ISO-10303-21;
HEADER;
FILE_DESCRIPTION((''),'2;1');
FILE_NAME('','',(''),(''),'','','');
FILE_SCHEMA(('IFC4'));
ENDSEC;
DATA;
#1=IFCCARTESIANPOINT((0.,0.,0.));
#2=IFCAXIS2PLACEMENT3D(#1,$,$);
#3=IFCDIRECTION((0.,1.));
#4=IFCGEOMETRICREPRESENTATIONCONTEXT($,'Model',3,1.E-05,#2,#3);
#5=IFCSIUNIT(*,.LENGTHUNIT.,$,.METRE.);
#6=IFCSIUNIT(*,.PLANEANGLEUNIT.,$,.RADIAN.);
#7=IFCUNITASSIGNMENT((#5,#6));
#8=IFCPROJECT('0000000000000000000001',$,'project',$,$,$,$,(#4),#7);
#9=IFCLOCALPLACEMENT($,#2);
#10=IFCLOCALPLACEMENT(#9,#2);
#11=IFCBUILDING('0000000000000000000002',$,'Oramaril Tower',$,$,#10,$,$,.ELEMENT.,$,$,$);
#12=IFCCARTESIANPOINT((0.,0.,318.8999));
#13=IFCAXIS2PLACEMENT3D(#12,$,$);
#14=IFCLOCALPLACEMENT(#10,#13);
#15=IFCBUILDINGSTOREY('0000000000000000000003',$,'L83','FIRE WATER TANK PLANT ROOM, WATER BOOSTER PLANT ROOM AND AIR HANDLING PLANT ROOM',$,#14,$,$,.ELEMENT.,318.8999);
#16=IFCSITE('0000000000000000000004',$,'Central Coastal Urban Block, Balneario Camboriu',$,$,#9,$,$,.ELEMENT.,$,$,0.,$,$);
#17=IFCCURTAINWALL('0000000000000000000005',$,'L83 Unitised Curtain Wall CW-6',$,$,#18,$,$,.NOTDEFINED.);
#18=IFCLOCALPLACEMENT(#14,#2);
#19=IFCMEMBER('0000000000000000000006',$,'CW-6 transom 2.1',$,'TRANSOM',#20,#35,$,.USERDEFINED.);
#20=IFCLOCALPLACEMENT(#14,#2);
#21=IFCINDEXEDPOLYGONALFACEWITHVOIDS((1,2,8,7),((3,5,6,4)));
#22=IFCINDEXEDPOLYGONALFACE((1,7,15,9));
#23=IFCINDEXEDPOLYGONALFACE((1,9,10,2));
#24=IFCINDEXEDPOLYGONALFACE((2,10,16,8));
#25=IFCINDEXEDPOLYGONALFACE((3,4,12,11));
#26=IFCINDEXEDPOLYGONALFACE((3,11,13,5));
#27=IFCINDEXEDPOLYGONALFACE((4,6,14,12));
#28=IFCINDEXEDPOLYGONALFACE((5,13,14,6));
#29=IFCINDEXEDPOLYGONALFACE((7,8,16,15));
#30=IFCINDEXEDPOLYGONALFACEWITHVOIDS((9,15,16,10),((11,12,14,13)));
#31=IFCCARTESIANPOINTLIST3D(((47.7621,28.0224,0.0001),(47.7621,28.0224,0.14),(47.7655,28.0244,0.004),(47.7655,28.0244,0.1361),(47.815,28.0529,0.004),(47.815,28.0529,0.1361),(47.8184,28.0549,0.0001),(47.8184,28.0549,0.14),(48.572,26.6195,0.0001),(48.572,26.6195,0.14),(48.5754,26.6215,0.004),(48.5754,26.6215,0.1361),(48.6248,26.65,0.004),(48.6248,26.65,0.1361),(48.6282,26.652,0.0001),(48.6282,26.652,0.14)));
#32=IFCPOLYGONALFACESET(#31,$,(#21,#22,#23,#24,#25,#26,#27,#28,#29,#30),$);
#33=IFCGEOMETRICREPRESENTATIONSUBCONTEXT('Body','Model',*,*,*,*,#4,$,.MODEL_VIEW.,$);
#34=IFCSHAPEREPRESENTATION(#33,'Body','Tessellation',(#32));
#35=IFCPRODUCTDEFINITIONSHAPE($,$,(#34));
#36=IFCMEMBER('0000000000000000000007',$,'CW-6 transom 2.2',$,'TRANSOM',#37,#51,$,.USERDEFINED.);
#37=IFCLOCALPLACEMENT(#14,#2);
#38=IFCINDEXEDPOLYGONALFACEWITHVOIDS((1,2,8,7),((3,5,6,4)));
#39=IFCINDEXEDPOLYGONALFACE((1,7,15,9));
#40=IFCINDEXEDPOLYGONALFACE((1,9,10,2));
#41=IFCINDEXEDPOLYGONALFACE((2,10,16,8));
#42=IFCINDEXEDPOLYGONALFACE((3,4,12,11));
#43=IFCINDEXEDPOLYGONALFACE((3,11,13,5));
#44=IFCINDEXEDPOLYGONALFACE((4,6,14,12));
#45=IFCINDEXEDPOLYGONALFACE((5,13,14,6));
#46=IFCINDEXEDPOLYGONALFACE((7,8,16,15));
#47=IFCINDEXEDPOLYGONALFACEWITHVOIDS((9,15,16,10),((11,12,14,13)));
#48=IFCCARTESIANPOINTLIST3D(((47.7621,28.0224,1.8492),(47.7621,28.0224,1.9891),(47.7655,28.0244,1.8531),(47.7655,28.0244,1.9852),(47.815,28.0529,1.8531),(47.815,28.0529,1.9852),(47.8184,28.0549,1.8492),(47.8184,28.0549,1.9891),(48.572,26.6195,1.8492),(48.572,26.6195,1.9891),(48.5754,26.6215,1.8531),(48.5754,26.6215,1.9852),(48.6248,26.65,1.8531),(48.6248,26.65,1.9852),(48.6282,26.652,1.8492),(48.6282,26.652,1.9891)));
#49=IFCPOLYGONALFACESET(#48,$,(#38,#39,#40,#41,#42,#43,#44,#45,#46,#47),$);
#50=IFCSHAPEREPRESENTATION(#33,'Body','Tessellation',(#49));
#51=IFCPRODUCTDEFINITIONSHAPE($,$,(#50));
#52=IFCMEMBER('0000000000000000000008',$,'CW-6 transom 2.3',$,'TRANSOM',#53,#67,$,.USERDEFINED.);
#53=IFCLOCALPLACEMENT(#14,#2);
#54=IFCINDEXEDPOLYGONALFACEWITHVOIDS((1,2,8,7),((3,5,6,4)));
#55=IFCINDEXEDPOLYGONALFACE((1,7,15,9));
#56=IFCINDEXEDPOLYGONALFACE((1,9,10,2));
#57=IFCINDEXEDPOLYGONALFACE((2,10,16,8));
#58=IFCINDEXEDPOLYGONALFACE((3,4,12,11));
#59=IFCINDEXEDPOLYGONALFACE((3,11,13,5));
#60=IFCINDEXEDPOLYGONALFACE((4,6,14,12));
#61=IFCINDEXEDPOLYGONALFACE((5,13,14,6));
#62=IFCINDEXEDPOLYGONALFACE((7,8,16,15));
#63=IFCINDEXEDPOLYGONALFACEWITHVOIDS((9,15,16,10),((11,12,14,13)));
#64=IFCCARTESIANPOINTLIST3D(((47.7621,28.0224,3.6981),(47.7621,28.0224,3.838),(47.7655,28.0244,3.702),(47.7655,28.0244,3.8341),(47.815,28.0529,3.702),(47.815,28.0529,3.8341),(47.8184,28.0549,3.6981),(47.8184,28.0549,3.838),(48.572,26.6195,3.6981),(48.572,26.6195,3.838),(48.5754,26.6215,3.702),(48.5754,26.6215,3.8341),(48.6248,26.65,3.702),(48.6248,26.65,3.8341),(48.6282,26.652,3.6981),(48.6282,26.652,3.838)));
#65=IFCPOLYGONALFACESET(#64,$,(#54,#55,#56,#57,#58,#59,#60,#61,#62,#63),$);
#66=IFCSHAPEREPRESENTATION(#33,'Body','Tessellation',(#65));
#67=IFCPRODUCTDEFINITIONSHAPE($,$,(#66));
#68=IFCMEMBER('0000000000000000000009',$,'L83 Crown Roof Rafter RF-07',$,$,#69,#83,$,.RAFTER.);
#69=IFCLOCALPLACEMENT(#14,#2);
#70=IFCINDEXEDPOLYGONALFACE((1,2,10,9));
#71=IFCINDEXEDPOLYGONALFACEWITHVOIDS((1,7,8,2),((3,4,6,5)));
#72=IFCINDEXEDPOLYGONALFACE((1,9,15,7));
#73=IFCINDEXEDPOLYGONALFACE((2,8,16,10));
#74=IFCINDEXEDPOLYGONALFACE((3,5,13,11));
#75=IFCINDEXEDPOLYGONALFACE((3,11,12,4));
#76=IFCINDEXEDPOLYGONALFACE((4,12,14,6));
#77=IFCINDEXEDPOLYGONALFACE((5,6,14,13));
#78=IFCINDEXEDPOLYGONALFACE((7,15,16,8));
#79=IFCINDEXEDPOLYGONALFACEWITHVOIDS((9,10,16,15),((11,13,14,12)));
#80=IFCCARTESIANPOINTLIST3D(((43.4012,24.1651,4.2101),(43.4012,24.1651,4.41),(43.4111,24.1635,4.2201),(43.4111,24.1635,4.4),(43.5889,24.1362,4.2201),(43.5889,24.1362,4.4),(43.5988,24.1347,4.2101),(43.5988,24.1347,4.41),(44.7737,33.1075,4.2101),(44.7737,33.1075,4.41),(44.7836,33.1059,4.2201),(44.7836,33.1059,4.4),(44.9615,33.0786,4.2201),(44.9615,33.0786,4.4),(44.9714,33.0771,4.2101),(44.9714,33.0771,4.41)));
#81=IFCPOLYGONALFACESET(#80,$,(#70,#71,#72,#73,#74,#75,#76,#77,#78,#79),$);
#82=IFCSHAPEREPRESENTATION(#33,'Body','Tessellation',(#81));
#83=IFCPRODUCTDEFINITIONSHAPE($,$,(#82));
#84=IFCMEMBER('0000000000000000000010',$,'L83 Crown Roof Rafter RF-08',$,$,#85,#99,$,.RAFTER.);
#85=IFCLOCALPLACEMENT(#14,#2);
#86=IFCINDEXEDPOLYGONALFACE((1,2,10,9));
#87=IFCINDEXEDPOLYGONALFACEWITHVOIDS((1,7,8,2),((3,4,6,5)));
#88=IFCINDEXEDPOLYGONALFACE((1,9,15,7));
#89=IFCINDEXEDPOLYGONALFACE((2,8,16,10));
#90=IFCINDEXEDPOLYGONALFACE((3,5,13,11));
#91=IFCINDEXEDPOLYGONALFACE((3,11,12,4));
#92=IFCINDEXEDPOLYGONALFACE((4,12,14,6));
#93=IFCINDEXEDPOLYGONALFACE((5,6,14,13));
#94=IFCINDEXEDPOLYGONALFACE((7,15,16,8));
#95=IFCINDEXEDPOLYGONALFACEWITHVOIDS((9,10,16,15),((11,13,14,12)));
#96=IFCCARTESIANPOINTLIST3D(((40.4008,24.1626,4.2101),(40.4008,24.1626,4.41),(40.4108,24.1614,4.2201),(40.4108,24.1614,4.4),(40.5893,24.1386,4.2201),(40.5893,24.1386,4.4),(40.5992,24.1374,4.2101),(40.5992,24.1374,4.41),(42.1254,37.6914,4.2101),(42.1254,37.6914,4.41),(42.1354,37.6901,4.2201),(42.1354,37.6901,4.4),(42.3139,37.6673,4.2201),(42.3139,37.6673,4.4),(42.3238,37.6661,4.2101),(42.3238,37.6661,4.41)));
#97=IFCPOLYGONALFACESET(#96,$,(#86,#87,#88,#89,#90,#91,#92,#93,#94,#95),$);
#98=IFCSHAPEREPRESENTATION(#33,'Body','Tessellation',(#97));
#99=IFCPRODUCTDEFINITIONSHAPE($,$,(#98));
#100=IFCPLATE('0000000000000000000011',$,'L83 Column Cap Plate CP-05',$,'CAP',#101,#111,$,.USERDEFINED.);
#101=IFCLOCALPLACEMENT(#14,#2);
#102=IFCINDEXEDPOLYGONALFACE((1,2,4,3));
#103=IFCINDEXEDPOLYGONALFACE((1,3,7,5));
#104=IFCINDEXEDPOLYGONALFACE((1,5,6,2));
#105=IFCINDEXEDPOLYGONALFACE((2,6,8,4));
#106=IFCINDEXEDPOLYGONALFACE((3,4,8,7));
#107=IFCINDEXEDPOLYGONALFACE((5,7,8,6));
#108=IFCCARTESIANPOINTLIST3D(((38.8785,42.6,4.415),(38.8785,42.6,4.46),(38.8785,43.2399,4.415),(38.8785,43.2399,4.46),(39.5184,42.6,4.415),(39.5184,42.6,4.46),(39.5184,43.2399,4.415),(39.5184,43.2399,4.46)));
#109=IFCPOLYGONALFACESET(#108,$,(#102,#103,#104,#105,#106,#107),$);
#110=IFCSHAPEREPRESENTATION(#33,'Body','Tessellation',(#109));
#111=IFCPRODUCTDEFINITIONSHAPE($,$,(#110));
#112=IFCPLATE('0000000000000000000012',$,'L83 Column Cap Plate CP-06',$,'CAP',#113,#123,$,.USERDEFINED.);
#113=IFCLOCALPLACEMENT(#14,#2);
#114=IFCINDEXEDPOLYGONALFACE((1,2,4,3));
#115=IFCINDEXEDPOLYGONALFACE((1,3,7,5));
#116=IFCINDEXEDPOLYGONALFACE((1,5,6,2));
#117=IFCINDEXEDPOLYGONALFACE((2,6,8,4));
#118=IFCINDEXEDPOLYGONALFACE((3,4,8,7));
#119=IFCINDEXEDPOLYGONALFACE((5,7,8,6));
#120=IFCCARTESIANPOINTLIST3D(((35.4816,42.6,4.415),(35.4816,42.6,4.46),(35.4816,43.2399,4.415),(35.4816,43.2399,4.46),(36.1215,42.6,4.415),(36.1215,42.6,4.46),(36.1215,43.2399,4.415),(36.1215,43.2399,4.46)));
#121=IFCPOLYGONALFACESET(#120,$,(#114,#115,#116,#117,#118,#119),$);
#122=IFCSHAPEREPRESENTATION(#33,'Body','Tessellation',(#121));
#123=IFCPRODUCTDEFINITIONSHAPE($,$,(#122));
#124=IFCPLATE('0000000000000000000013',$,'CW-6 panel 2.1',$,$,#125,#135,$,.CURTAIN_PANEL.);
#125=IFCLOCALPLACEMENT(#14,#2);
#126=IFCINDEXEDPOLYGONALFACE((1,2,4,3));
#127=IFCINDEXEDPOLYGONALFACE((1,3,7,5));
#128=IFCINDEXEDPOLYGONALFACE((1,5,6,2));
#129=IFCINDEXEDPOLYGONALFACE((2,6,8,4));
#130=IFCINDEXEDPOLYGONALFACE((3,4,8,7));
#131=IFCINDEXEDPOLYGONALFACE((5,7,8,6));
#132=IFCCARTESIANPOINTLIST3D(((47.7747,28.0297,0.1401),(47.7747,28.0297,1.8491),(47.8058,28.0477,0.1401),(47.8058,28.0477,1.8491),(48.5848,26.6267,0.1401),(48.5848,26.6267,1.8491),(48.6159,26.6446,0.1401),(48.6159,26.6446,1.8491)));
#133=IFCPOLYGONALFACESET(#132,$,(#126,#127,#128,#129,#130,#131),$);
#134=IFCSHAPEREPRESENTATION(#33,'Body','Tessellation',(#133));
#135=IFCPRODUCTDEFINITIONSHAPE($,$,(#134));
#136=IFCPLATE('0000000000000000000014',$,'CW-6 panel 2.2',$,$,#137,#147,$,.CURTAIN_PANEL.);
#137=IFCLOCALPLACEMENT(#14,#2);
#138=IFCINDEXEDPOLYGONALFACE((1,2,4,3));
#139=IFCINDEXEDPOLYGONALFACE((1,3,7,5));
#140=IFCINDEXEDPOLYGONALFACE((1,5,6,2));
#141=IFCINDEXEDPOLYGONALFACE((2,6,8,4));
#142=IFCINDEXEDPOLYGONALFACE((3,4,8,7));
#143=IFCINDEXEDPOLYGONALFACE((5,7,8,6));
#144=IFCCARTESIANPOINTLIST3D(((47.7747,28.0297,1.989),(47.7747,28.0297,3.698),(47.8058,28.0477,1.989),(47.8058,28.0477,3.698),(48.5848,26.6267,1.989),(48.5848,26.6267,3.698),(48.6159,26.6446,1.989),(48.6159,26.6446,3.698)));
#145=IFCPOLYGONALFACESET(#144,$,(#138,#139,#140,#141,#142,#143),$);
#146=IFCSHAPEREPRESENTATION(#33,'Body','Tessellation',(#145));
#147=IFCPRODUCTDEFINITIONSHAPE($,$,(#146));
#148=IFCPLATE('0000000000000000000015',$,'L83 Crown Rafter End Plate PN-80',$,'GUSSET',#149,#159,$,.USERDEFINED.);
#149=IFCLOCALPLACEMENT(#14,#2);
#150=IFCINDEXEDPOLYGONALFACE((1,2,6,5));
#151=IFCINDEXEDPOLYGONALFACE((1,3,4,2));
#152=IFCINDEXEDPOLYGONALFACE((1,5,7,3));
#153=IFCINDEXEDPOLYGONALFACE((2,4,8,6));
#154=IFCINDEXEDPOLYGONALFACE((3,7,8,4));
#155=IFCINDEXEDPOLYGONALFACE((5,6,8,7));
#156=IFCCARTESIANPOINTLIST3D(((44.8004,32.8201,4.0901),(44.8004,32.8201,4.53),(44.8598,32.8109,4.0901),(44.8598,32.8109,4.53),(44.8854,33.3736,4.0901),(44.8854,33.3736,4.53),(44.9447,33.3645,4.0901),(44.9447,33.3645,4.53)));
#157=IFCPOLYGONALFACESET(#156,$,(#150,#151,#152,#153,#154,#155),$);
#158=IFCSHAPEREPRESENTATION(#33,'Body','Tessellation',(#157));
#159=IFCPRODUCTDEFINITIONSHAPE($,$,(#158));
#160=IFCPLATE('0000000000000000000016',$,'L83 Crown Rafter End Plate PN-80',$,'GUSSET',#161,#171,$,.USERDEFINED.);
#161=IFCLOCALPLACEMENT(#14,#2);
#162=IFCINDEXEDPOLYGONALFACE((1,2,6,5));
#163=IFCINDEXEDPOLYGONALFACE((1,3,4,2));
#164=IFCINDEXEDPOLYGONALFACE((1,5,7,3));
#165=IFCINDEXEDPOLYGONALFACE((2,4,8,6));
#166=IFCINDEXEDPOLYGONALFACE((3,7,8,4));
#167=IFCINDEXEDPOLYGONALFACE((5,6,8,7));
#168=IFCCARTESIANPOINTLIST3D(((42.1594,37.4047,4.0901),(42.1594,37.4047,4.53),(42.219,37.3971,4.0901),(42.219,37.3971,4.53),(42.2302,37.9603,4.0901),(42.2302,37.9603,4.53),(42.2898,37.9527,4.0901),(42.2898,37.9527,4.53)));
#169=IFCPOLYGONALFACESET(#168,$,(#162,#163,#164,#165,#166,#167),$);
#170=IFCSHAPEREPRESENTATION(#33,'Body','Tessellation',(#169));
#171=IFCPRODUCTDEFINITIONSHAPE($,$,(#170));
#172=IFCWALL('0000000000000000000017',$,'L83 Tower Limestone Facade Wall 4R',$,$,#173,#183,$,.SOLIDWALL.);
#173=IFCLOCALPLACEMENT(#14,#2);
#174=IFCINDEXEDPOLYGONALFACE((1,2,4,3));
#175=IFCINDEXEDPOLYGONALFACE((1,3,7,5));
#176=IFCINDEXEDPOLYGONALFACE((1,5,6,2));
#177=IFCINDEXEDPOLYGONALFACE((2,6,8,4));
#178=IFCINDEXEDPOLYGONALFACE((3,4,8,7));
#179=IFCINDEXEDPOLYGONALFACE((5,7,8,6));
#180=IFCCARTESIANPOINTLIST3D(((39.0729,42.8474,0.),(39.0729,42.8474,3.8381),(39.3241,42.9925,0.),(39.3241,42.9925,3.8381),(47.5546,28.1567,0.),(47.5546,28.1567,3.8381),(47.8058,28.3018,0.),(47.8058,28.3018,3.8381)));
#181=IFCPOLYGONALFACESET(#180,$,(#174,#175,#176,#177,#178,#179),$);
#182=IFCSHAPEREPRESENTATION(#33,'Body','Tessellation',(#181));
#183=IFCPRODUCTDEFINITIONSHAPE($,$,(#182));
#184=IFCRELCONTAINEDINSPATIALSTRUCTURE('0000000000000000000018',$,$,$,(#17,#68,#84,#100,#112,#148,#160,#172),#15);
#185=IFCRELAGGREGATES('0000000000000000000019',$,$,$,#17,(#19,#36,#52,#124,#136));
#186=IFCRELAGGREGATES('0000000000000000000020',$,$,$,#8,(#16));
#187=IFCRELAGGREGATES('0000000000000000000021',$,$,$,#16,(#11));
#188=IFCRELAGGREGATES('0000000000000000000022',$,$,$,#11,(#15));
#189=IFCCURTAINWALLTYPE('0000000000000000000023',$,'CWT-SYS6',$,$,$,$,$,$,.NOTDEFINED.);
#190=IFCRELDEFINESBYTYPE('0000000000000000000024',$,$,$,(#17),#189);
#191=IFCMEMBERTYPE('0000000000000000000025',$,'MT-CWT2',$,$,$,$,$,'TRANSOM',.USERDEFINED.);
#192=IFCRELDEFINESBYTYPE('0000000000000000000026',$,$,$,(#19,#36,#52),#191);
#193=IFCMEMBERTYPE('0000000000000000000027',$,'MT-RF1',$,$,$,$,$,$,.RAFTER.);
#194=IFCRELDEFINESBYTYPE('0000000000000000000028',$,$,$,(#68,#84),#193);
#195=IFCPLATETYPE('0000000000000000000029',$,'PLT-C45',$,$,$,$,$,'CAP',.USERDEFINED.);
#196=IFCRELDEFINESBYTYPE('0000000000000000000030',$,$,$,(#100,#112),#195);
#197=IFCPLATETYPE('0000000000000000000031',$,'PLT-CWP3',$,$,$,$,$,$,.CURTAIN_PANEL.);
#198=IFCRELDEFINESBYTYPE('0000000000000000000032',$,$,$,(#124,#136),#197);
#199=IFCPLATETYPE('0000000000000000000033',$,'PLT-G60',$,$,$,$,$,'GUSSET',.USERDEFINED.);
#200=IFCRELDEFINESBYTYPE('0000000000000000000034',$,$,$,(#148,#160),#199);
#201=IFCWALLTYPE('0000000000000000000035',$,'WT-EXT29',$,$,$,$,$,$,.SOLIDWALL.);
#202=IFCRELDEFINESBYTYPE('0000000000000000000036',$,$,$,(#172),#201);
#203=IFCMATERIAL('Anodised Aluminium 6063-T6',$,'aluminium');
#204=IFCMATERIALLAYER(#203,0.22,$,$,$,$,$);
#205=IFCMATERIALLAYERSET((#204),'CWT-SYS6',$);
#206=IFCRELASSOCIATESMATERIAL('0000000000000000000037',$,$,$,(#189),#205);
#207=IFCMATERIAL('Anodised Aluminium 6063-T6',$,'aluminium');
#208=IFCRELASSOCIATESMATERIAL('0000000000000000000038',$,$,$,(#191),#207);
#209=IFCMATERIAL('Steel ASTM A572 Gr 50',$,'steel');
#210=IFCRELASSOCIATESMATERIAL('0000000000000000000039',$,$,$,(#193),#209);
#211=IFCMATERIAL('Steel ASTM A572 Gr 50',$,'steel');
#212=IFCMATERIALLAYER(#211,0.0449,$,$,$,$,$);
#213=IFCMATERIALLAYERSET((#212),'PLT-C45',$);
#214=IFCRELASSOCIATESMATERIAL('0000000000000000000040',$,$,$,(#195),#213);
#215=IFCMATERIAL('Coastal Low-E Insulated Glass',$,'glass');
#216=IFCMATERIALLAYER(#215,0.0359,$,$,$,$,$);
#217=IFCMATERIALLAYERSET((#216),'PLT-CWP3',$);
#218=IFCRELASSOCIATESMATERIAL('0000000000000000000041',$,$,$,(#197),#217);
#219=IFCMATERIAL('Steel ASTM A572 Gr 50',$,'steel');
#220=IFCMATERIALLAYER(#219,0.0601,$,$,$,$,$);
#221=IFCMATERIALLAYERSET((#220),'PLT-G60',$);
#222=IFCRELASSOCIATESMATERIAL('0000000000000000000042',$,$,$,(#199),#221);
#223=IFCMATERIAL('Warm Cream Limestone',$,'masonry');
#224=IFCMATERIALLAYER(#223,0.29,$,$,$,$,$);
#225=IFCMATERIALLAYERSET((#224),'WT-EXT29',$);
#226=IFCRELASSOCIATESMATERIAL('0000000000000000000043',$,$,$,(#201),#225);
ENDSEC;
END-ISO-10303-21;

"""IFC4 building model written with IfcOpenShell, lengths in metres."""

from ifc_helpers import new_model, si_unit, direction, frame, frame_2d, origin, origin_2d, place, context, subcontext, project, spatial, rectangle, hollow_rectangle, extrude, material, layer, layer_set, material_profile, profile_set, type_object, element, aggregate, save


model = new_model("IFC4")

# Units and contexts
model_context = context("Model", 3, precision=1e-05, world=origin(), true_north=direction((0.0, 1.0)))
body_context = subcontext(model_context, "Body", "Model", "MODEL_VIEW")
ifc_project = project(units=[si_unit("LENGTHUNIT", "METRE"), si_unit("PLANEANGLEUNIT", "RADIAN")], contexts=[model_context])

# Site, building, storey
site_placement = place(None, origin())
site = spatial("IfcSite", under=ifc_project, at=site_placement, Name="Central Coastal Urban Block, Balneario Camboriu", CompositionType="ELEMENT", RefElevation=0.0)
building_placement = place(site_placement, origin())
building = spatial("IfcBuilding", under=site, at=building_placement, Name="Oramaril Tower", CompositionType="ELEMENT")
storey_placement = place(building_placement, frame((0.0, 0.0, 318.8999)))
storey = spatial("IfcBuildingStorey", under=building, at=storey_placement, Name="L83", Description="FIRE WATER TANK PLANT ROOM, WATER BOOSTER PLANT ROOM AND AIR HANDLING PLANT ROOM", CompositionType="ELEMENT", Elevation=318.8999)

# Curtain wall, members
ifc_material_1 = material(Name="Anodised Aluminium 6063-T6", Category="aluminium")
ifc_layer_1 = layer(ifc_material_1, 0.22)
ifc_layer_set_1 = layer_set([ifc_layer_1], Name="CWT-SYS6")
curtain_wall_type = type_object("IfcCurtainWallType", Name="CWT-SYS6", PredefinedType="NOTDEFINED", material=ifc_layer_set_1)
curtain_wall_placement = place(storey_placement, origin())
curtain_wall = element("IfcCurtainWall", 1, at=curtain_wall_placement, inside=storey, type_object=curtain_wall_type, Name="L83 Unitised Curtain Wall CW-6", PredefinedType="NOTDEFINED")
ifc_material_2 = material(Name="Anodised Aluminium 6063-T6", Category="aluminium")
ifc_material_profile_1 = material_profile(ifc_material_2, hollow_rectangle(XDim=0.0649, YDim=0.1399, WallThickness=0.0039, at=origin_2d()), Name="CWT140X65")
ifc_profile_set_1 = profile_set([ifc_material_profile_1], Name="Anodised Aluminium 6063-T6")
member_type_1 = type_object("IfcMemberType", Name="MT-CWT2", ElementType="TRANSOM", PredefinedType="USERDEFINED", material=ifc_profile_set_1)
member_1_placement = place(storey_placement, frame((48.6001, 26.6357, 0.0701), z_axis=(-0.499949, 0.866055, 0.0), x_axis=(-0.866055, -0.499949, 0.0)))
member_1 = element("IfcMember", 2, at=member_1_placement, type_object=member_type_1, Name="CW-6 transom 2.1", ObjectType="TRANSOM", PredefinedType="USERDEFINED", context=body_context, shape_type="SweptSolid", body=[
    extrude(hollow_rectangle(XDim=0.0649, YDim=0.1399, WallThickness=0.0039, at=origin_2d()), origin(), (0.0, 0.0, 1.0), 1.6199),
])
member_2_placement = place(storey_placement, frame((48.6001, 26.6357, 1.9192), z_axis=(-0.499949, 0.866055, 0.0), x_axis=(-0.866055, -0.499949, 0.0)))
member_2 = element("IfcMember", 3, at=member_2_placement, type_object=member_type_1, Name="CW-6 transom 2.2", ObjectType="TRANSOM", PredefinedType="USERDEFINED", context=body_context, shape_type="SweptSolid", body=[
    extrude(hollow_rectangle(XDim=0.0649, YDim=0.1399, WallThickness=0.0039, at=origin_2d()), origin(), (0.0, 0.0, 1.0), 1.6199),
])
member_3_placement = place(storey_placement, frame((48.6001, 26.6357, 3.7681), z_axis=(-0.499949, 0.866055, 0.0), x_axis=(-0.866055, -0.499949, 0.0)))
member_3 = element("IfcMember", 4, at=member_3_placement, type_object=member_type_1, Name="CW-6 transom 2.3", ObjectType="TRANSOM", PredefinedType="USERDEFINED", context=body_context, shape_type="SweptSolid", body=[
    extrude(hollow_rectangle(XDim=0.0649, YDim=0.1399, WallThickness=0.0039, at=origin_2d()), origin(), (0.0, 0.0, 1.0), 1.6199),
])

# Members
ifc_material_3 = material(Name="Steel ASTM A572 Gr 50", Category="steel")
ifc_material_profile_2 = material_profile(ifc_material_3, hollow_rectangle(XDim=0.2, YDim=0.2, WallThickness=0.01, at=origin_2d()), Name="HSS200X200X10")
ifc_profile_set_2 = profile_set([ifc_material_profile_2], Name="Steel ASTM A572 Gr 50")
member_type_2 = type_object("IfcMemberType", Name="MT-RF1", PredefinedType="RAFTER", material=ifc_profile_set_2)
member_4_placement = place(storey_placement, frame((44.8726, 33.0923, 4.3101), z_axis=(-0.151712, -0.988425, 0.0), x_axis=(0.988425, -0.151712, 0.0)))
element("IfcMember", 5, at=member_4_placement, inside=storey, type_object=member_type_2, Name="L83 Crown Roof Rafter RF-07", PredefinedType="RAFTER", context=body_context, shape_type="SweptSolid", body=[
    extrude(hollow_rectangle(XDim=0.2, YDim=0.2, WallThickness=0.01, at=origin_2d()), origin(), (0.0, 0.0, 1.0), 9.0471),
])
member_5_placement = place(storey_placement, frame((42.2246, 37.6787, 4.3101), z_axis=(-0.126453, -0.991973, 0.0), x_axis=(0.991973, -0.126453, 0.0)))
element("IfcMember", 6, at=member_5_placement, inside=storey, type_object=member_type_2, Name="L83 Crown Roof Rafter RF-08", PredefinedType="RAFTER", context=body_context, shape_type="SweptSolid", body=[
    extrude(hollow_rectangle(XDim=0.2, YDim=0.2, WallThickness=0.01, at=origin_2d()), origin(), (0.0, 0.0, 1.0), 13.6382),
])

# Plates
ifc_material_4 = material(Name="Steel ASTM A572 Gr 50", Category="steel")
ifc_layer_2 = layer(ifc_material_4, 0.0449)
ifc_layer_set_2 = layer_set([ifc_layer_2], Name="PLT-C45")
plate_type_1 = type_object("IfcPlateType", Name="PLT-C45", ElementType="CAP", PredefinedType="USERDEFINED", material=ifc_layer_set_2)
for number, where, z_axis, x_axis, name in (
    (7, (39.1985, 42.9199, 4.415), (0.0, 0.0, 1.0), (1.0, 0.0, 0.0), "L83 Column Cap Plate CP-05"),
    (8, (35.8015, 42.9199, 4.415), (0.0, 0.0, 1.0), (1.0, 0.0, 0.0), "L83 Column Cap Plate CP-06"),
):
    element("IfcPlate", number, at=place(storey_placement, frame(where, z_axis=z_axis, x_axis=x_axis)), inside=storey, type_object=plate_type_1, Name=name, ObjectType="CAP", PredefinedType="USERDEFINED", context=body_context, shape_type="SweptSolid", body=[
        extrude(rectangle(XDim=0.6399, YDim=0.6399, at=origin_2d()), origin(), (0.0, 0.0, 1.0), 0.0449),
    ])

# Plates
ifc_material_5 = material(Name="Coastal Low-E Insulated Glass", Category="glass")
ifc_layer_3 = layer(ifc_material_5, 0.0359)
ifc_layer_set_3 = layer_set([ifc_layer_3], Name="PLT-CWP3")
plate_type_2 = type_object("IfcPlateType", Name="PLT-CWP3", PredefinedType="CURTAIN_PANEL", material=ifc_layer_set_3)
plate_1_placement = place(storey_placement, frame((48.1953, 27.3372, 0.1401), z_axis=(0.0, 0.0, 1.0), x_axis=(-0.5, 0.866025, 0.0)))
plate_1 = element("IfcPlate", 9, at=plate_1_placement, type_object=plate_type_2, Name="CW-6 panel 2.1", PredefinedType="CURTAIN_PANEL", context=body_context, shape_type="SweptSolid", body=[
    extrude(rectangle(XDim=1.6201, YDim=0.0359, at=origin_2d()), origin(), (0.0, 0.0, 1.0), 1.709),
])
plate_2_placement = place(storey_placement, frame((48.1953, 27.3372, 1.989), z_axis=(0.0, 0.0, 1.0), x_axis=(-0.5, 0.866025, 0.0)))
plate_2 = element("IfcPlate", 10, at=plate_2_placement, type_object=plate_type_2, Name="CW-6 panel 2.2", PredefinedType="CURTAIN_PANEL", context=body_context, shape_type="SweptSolid", body=[
    extrude(rectangle(XDim=1.6201, YDim=0.0359, at=origin_2d()), origin(), (0.0, 0.0, 1.0), 1.709),
])
aggregate(curtain_wall, [member_1, member_2, member_3, plate_1, plate_2])

# Plates
ifc_material_6 = material(Name="Steel ASTM A572 Gr 50", Category="steel")
ifc_layer_4 = layer(ifc_material_6, 0.0601)
ifc_layer_set_4 = layer_set([ifc_layer_4], Name="PLT-G60")
plate_type_3 = type_object("IfcPlateType", Name="PLT-G60", ElementType="GUSSET", PredefinedType="USERDEFINED", material=ifc_layer_set_4)
for number, where, z_axis, x_axis, name in (
    (11, (44.8726, 33.0923, 4.0901), (0.0, 0.0, 1.0), (-0.151708, -0.988425, 0.0), "L83 Crown Rafter End Plate PN-80"),
    (12, (42.2246, 37.6787, 4.0901), (0.0, 0.0, 1.0), (-0.126455, -0.991972, 0.0), "L83 Crown Rafter End Plate PN-80"),
):
    element("IfcPlate", number, at=place(storey_placement, frame(where, z_axis=z_axis, x_axis=x_axis)), inside=storey, type_object=plate_type_3, Name=name, ObjectType="GUSSET", PredefinedType="USERDEFINED", context=body_context, shape_type="SweptSolid", body=[
        extrude(rectangle(XDim=0.5601, YDim=0.0601, at=origin_2d()), origin(), (0.0, 0.0, 1.0), 0.4399),
    ])

# Wall
ifc_material_7 = material(Name="Warm Cream Limestone", Category="masonry")
ifc_layer_5 = layer(ifc_material_7, 0.29)
ifc_layer_set_5 = layer_set([ifc_layer_5], Name="WT-EXT29")
wall_type_1 = type_object("IfcWallType", Name="WT-EXT29", PredefinedType="SOLIDWALL", material=ifc_layer_set_5)
wall_1_placement = place(storey_placement, frame((47.6802, 28.2292, 0.0), z_axis=(0.0, 0.0, 1.0), x_axis=(-0.500001, 0.866025, 0.0)))
element("IfcWall", 13, at=wall_1_placement, inside=storey, type_object=wall_type_1, Name="L83 Tower Limestone Facade Wall 4R", PredefinedType="SOLIDWALL", context=body_context, shape_type="SweptSolid", body=[
    extrude(rectangle(XDim=16.9634, YDim=0.29, at=frame_2d((8.4817, 0.0))), origin(), (0.0, 0.0, 1.0), 3.8381),
])

save(model, "model.ifc")
